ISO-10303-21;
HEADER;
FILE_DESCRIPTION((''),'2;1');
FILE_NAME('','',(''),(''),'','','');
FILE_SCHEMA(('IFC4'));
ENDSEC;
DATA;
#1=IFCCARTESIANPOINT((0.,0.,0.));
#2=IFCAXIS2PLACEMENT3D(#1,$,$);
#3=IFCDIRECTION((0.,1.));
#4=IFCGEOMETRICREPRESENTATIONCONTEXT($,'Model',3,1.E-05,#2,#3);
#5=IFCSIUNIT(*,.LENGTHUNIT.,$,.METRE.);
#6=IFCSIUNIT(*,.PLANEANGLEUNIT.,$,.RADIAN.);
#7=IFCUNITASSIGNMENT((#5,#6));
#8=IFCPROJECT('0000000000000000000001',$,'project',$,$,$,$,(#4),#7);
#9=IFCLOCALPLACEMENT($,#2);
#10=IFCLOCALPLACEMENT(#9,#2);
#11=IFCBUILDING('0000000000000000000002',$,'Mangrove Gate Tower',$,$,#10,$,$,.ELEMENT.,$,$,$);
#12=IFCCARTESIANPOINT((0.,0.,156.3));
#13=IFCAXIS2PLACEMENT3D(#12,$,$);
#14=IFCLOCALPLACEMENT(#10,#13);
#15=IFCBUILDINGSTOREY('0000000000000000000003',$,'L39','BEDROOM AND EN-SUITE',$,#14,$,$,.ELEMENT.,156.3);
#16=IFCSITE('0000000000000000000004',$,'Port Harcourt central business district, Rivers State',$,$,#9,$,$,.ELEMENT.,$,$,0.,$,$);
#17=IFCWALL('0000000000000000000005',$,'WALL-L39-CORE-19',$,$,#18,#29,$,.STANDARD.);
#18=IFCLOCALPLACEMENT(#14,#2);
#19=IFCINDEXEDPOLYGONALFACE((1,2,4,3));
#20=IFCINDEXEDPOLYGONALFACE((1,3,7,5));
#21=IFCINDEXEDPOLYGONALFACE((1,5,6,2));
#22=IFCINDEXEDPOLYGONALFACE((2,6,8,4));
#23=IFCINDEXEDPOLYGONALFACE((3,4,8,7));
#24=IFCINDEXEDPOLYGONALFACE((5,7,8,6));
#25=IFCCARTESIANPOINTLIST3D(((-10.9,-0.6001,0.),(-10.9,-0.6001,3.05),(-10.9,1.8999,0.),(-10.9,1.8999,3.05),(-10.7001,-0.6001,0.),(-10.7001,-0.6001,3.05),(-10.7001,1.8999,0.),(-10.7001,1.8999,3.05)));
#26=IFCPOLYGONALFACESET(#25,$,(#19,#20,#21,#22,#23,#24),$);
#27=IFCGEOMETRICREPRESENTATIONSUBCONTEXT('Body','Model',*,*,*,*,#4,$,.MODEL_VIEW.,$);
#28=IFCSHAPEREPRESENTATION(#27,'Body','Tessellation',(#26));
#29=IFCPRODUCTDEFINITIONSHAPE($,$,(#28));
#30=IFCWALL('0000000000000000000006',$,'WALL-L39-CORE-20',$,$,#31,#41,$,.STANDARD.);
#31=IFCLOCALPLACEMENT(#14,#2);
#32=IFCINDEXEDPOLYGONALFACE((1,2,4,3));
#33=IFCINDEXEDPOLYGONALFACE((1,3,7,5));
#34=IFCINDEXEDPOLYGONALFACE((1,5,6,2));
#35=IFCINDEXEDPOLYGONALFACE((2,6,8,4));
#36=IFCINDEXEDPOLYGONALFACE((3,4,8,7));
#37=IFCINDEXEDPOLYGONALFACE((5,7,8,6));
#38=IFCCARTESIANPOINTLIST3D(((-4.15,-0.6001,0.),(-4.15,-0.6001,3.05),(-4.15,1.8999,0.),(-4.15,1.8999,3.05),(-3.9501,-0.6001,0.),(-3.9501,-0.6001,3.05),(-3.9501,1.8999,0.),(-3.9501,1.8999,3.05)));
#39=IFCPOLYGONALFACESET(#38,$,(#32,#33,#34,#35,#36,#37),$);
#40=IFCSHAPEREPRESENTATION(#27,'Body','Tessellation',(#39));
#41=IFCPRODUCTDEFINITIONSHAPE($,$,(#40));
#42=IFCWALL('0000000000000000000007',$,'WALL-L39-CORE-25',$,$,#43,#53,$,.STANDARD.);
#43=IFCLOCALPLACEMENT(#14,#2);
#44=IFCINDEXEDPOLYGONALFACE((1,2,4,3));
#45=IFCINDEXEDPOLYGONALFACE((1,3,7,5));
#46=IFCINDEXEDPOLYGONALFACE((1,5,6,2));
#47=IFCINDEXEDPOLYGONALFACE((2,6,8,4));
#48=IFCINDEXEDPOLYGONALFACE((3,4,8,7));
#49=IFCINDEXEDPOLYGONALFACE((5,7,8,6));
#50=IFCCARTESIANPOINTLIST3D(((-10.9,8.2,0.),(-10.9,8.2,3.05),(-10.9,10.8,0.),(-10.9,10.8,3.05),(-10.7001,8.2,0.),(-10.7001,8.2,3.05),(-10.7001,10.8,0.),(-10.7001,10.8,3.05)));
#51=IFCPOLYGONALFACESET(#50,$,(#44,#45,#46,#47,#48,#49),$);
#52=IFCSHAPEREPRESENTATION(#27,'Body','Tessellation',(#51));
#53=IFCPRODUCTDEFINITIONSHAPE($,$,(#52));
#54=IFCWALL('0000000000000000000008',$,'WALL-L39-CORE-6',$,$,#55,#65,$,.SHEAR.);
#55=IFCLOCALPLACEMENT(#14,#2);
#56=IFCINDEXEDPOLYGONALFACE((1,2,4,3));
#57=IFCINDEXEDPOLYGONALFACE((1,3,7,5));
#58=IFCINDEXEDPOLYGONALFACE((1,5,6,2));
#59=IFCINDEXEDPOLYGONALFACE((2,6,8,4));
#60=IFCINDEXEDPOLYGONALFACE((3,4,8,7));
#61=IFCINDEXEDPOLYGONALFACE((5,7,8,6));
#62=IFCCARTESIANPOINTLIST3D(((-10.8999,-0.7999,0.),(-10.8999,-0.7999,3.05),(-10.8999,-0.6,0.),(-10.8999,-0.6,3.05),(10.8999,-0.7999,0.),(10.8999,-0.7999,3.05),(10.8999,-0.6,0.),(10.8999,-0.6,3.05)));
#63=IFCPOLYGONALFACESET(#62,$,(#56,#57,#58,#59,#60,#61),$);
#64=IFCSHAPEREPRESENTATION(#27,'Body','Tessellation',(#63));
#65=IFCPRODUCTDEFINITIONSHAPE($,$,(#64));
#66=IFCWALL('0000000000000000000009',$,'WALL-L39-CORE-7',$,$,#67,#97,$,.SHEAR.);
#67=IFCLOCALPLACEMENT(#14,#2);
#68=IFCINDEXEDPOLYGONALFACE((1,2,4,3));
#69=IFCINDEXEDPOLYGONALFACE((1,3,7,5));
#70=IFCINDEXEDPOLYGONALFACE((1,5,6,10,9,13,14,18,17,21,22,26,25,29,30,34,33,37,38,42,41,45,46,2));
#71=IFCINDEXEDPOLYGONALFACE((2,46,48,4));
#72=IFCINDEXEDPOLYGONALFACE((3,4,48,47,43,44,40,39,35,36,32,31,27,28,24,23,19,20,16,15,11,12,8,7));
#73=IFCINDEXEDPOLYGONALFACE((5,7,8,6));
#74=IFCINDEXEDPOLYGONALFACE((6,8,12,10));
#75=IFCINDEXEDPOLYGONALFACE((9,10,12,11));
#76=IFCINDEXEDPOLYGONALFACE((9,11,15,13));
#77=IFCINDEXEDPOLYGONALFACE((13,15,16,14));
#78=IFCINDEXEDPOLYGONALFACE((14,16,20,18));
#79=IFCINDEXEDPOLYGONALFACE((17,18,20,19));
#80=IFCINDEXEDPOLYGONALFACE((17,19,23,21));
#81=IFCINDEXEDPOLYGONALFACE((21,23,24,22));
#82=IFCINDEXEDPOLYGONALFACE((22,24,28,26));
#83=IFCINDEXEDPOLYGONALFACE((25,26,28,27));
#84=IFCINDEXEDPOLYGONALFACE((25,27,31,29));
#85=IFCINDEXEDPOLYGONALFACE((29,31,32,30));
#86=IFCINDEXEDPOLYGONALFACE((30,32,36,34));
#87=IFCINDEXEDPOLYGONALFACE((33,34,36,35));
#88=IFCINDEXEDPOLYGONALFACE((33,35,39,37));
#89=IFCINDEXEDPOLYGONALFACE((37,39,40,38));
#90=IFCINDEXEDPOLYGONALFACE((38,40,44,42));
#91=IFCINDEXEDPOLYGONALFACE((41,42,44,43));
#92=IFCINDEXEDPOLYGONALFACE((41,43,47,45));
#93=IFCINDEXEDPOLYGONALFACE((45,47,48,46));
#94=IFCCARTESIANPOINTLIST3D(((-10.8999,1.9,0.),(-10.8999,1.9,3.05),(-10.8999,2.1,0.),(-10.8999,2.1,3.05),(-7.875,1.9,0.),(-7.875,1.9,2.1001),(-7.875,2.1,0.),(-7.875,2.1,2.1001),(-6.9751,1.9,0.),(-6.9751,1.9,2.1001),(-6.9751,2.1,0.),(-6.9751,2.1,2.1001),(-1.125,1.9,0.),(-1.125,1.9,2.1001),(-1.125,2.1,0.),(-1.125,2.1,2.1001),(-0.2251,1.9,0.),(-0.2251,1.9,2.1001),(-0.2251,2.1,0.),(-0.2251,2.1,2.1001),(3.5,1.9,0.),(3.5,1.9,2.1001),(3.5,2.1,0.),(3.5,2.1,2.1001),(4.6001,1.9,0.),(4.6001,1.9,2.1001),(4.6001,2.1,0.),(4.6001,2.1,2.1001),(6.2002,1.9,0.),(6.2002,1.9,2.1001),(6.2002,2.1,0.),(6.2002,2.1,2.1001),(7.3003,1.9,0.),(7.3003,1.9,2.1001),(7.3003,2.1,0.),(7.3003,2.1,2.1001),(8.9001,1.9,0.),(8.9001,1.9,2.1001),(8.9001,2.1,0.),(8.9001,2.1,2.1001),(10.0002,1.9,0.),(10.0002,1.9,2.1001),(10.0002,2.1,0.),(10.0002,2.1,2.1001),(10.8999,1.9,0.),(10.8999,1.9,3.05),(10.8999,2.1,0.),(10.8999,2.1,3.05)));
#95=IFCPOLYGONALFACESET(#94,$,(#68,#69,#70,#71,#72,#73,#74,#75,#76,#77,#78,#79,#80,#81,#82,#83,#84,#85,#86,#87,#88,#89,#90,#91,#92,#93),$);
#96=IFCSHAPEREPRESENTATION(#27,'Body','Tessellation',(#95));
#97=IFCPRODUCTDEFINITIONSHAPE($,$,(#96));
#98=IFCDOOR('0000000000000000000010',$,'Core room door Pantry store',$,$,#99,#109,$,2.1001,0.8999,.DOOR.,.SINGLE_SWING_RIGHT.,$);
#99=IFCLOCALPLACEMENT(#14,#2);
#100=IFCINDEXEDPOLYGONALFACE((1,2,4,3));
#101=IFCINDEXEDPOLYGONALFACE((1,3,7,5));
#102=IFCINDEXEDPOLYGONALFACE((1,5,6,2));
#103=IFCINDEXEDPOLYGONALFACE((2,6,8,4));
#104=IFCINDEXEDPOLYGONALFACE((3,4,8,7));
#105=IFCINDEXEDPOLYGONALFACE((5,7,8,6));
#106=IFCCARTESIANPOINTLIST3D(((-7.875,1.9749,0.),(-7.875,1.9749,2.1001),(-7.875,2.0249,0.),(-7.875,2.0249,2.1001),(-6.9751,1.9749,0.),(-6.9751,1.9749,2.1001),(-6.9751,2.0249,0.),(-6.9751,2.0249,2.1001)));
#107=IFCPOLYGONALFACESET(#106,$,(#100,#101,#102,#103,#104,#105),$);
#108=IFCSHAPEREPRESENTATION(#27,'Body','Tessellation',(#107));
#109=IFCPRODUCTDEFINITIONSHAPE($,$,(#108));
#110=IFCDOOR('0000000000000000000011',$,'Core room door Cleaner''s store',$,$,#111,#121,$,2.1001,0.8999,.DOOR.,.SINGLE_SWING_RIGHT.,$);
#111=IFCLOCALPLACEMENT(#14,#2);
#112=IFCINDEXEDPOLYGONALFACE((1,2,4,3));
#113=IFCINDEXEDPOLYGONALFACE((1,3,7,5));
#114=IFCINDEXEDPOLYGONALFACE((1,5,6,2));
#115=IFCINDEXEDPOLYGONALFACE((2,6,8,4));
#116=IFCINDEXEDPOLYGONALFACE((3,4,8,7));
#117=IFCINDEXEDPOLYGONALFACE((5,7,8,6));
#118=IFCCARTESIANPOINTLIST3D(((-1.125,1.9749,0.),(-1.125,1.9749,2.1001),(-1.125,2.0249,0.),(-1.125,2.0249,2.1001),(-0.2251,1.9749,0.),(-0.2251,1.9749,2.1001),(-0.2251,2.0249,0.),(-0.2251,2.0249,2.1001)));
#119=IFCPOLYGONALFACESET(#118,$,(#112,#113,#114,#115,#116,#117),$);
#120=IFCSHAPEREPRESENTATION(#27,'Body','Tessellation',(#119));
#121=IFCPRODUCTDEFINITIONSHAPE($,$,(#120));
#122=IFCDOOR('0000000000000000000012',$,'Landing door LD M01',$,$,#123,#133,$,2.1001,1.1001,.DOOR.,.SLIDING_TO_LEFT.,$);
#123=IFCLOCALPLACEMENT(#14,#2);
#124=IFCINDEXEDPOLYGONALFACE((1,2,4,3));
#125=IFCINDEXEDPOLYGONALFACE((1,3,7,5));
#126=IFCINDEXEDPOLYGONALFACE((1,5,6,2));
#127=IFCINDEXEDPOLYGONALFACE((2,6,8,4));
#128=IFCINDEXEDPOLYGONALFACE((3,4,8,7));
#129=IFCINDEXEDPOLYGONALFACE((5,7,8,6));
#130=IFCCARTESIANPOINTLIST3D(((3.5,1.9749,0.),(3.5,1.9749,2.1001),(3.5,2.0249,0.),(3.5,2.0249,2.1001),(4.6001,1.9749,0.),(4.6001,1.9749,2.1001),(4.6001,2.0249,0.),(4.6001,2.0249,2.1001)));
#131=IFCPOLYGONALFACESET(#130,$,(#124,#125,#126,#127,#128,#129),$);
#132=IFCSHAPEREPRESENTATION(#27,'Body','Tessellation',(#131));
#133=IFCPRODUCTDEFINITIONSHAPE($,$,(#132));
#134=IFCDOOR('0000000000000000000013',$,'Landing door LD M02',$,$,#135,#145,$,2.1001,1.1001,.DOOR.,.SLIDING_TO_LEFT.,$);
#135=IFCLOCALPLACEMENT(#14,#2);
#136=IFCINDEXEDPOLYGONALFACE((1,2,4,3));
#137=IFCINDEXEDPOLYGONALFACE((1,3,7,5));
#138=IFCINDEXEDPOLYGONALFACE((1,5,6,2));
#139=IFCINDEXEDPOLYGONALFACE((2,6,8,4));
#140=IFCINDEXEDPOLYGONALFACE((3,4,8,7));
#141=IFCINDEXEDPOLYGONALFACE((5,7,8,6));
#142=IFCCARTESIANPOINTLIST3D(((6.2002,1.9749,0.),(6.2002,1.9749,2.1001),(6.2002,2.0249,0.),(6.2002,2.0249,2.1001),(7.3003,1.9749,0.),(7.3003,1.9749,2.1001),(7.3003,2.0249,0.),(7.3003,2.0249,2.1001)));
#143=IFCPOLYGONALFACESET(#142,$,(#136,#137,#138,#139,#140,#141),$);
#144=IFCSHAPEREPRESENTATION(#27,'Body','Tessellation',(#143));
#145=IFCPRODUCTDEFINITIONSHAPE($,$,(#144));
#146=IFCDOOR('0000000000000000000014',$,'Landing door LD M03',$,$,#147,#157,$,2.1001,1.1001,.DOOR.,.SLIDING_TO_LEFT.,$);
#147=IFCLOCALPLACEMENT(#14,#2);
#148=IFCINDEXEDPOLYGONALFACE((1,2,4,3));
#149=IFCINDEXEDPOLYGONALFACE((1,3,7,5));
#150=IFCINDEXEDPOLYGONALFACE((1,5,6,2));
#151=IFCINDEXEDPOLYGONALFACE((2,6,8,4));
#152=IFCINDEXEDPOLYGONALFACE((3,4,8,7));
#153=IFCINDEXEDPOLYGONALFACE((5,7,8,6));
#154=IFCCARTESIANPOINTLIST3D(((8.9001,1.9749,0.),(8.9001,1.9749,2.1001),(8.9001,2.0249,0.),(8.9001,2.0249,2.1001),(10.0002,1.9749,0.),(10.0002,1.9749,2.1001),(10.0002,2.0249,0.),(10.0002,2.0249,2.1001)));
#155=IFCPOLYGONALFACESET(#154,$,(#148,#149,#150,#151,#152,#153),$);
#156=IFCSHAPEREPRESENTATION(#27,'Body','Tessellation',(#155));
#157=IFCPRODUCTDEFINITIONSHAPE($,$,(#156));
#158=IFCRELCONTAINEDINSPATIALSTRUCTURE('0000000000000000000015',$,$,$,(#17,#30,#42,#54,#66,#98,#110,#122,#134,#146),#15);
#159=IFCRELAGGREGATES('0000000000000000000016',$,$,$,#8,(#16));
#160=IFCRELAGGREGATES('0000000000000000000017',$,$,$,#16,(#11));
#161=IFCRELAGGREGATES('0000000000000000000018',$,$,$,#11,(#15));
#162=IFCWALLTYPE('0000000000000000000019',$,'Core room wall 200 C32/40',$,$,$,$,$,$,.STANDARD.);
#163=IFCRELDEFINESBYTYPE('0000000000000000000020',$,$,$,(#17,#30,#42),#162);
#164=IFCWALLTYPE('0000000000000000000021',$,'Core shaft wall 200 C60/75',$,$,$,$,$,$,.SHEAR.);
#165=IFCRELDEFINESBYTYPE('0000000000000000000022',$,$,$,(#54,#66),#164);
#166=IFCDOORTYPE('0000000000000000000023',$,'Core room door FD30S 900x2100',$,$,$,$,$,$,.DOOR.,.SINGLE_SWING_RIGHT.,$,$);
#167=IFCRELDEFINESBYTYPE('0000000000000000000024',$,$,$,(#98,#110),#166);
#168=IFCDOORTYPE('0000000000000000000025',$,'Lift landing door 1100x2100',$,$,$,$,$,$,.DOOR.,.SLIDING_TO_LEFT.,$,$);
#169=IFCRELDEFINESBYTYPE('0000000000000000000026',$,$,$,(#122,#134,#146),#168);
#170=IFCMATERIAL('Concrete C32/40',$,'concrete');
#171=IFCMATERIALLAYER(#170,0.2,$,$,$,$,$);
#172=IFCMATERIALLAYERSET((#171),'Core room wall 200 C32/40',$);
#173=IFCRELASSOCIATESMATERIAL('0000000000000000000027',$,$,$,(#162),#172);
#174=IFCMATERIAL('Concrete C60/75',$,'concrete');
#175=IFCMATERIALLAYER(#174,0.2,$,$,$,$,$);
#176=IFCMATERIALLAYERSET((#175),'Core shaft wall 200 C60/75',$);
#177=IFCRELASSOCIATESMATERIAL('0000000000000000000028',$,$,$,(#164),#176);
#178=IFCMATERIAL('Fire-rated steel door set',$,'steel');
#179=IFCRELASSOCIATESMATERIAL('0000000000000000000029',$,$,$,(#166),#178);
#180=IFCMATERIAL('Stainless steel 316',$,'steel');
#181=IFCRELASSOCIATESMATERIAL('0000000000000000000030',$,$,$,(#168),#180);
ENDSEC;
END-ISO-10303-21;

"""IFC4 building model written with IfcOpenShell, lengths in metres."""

from ifc_helpers import new_model, si_unit, direction, frame, frame_2d, origin, place, context, subcontext, project, spatial, rectangle, extrude, material, layer, layer_set, type_object, element, fill, save


model = new_model("IFC4")

# Units and contexts
model_context = context("Model", 3, precision=1e-05, world=origin(), true_north=direction((0.0, 1.0)))
body_context = subcontext(model_context, "Body", "Model", "MODEL_VIEW")
ifc_project = project(units=[si_unit("LENGTHUNIT", "METRE"), si_unit("PLANEANGLEUNIT", "RADIAN")], contexts=[model_context])

# Site, building, storey
site_placement = place(None, origin())
site = spatial("IfcSite", under=ifc_project, at=site_placement, Name="Port Harcourt central business district, Rivers State", CompositionType="ELEMENT", RefElevation=0.0)
building_placement = place(site_placement, origin())
building = spatial("IfcBuilding", under=site, at=building_placement, Name="Mangrove Gate Tower", CompositionType="ELEMENT")
storey_placement = place(building_placement, frame((0.0, 0.0, 156.3)))
storey = spatial("IfcBuildingStorey", under=building, at=storey_placement, Name="L39", Description="BEDROOM AND EN-SUITE", CompositionType="ELEMENT", Elevation=156.3)

# Walls
ifc_material_1 = material(Name="Concrete C32/40", Category="concrete")
ifc_layer_1 = layer(ifc_material_1, 0.2)
ifc_layer_set_1 = layer_set([ifc_layer_1], Name="Core room wall 200 C32/40")
wall_type_1 = type_object("IfcWallType", Name="Core room wall 200 C32/40", PredefinedType="STANDARD", material=ifc_layer_set_1)
for number, where, z_axis, x_axis, name in (
    (1, (-10.8, -0.6001, 0.0), (0.0, 0.0, 1.0), (0.0, 1.0, 0.0), "WALL-L39-CORE-19"),
    (2, (-4.05, -0.6001, 0.0), (0.0, 0.0, 1.0), (0.0, 1.0, 0.0), "WALL-L39-CORE-20"),
):
    element("IfcWall", number, at=place(storey_placement, frame(where, z_axis=z_axis, x_axis=x_axis)), inside=storey, type_object=wall_type_1, Name=name, PredefinedType="STANDARD", context=body_context, shape_type="SweptSolid", body=[
        extrude(rectangle(XDim=2.5, YDim=0.2, at=frame_2d((1.25, 0.0))), origin(), (0.0, 0.0, 1.0), 3.05),
    ])
wall_1_placement = place(storey_placement, frame((-10.8, 8.2, 0.0), z_axis=(0.0, 0.0, 1.0), x_axis=(0.0, 1.0, 0.0)))
element("IfcWall", 3, at=wall_1_placement, inside=storey, type_object=wall_type_1, Name="WALL-L39-CORE-25", PredefinedType="STANDARD", context=body_context, shape_type="SweptSolid", body=[
    extrude(rectangle(XDim=2.6001, YDim=0.2, at=frame_2d((1.3, 0.0))), origin(), (0.0, 0.0, 1.0), 3.05),
])
ifc_material_2 = material(Name="Concrete C60/75", Category="concrete")
ifc_layer_2 = layer(ifc_material_2, 0.2)
ifc_layer_set_2 = layer_set([ifc_layer_2], Name="Core shaft wall 200 C60/75")
wall_type_2 = type_object("IfcWallType", Name="Core shaft wall 200 C60/75", PredefinedType="SHEAR", material=ifc_layer_set_2)
wall_2_placement = place(storey_placement, frame((-10.8999, -0.7, 0.0), z_axis=(0.0, 0.0, 1.0), x_axis=(1.0, 0.0, 0.0)))
element("IfcWall", 4, at=wall_2_placement, inside=storey, type_object=wall_type_2, Name="WALL-L39-CORE-6", PredefinedType="SHEAR", context=body_context, shape_type="SweptSolid", body=[
    extrude(rectangle(XDim=21.7998, YDim=0.2, at=frame_2d((10.8999, 0.0))), origin(), (0.0, 0.0, 1.0), 3.05),
])

# Wall, openings, doors
wall_3_placement = place(storey_placement, frame((-10.8999, 2.0, 0.0), z_axis=(0.0, 0.0, 1.0), x_axis=(1.0, 0.0, 0.0)))
wall_3 = element("IfcWall", 5, at=wall_3_placement, inside=storey, type_object=wall_type_2, Name="WALL-L39-CORE-7", PredefinedType="SHEAR", context=body_context, shape_type="SweptSolid", body=[
    extrude(rectangle(XDim=21.7998, YDim=0.2, at=frame_2d((10.8999, 0.0))), origin(), (0.0, 0.0, 1.0), 3.05),
])
opening_1_placement = place(wall_3_placement, frame((14.3999, 0.0, 0.0)))
opening_1 = element("IfcOpeningElement", 6, at=opening_1_placement, cuts=wall_3, PredefinedType="OPENING", context=body_context, shape_type="SweptSolid", body=[
    extrude(rectangle(XDim=1.1001, YDim=2.1001, at=frame_2d((0.55, 1.05))), frame((0.0, 0.1099, 0.0), z_axis=(0.0, -1.0, 0.0), x_axis=(1.0, 0.0, 0.0)), (0.0, 0.0, 1.0), 0.22),
])
opening_2_placement = place(wall_3_placement, frame((17.1001, 0.0, 0.0)))
opening_2 = element("IfcOpeningElement", 7, at=opening_2_placement, cuts=wall_3, PredefinedType="OPENING", context=body_context, shape_type="SweptSolid", body=[
    extrude(rectangle(XDim=1.1001, YDim=2.1001, at=frame_2d((0.55, 1.05))), frame((0.0, 0.1099, 0.0), z_axis=(0.0, -1.0, 0.0), x_axis=(1.0, 0.0, 0.0)), (0.0, 0.0, 1.0), 0.22),
])
opening_3_placement = place(wall_3_placement, frame((19.8, 0.0, 0.0)))
opening_3 = element("IfcOpeningElement", 8, at=opening_3_placement, cuts=wall_3, PredefinedType="OPENING", context=body_context, shape_type="SweptSolid", body=[
    extrude(rectangle(XDim=1.1001, YDim=2.1001, at=frame_2d((0.55, 1.05))), frame((0.0, 0.1099, 0.0), z_axis=(0.0, -1.0, 0.0), x_axis=(1.0, 0.0, 0.0)), (0.0, 0.0, 1.0), 0.22),
])
opening_4_placement = place(wall_3_placement, frame((3.0249, 0.0, 0.0)))
opening_4 = element("IfcOpeningElement", 9, at=opening_4_placement, cuts=wall_3, PredefinedType="OPENING", context=body_context, shape_type="SweptSolid", body=[
    extrude(rectangle(XDim=0.8999, YDim=2.1001, at=frame_2d((0.45, 1.05))), frame((0.0, 0.1099, 0.0), z_axis=(0.0, -1.0, 0.0), x_axis=(1.0, 0.0, 0.0)), (0.0, 0.0, 1.0), 0.22),
])
opening_5_placement = place(wall_3_placement, frame((9.7749, 0.0, 0.0)))
opening_5 = element("IfcOpeningElement", 10, at=opening_5_placement, cuts=wall_3, PredefinedType="OPENING", context=body_context, shape_type="SweptSolid", body=[
    extrude(rectangle(XDim=0.8999, YDim=2.1001, at=frame_2d((0.45, 1.05))), frame((0.0, 0.1099, 0.0), z_axis=(0.0, -1.0, 0.0), x_axis=(1.0, 0.0, 0.0)), (0.0, 0.0, 1.0), 0.22),
])
ifc_material_3 = material(Name="Fire-rated steel door set", Category="steel")
door_type_1 = type_object("IfcDoorType", Name="Core room door FD30S 900x2100", OperationType="SINGLE_SWING_RIGHT", PredefinedType="DOOR", material=ifc_material_3)
door_1_placement = place(opening_4_placement, origin())
door_1 = element("IfcDoor", 11, at=door_1_placement, inside=storey, type_object=door_type_1, Name="Core room door Pantry store", OperationType="SINGLE_SWING_RIGHT", OverallHeight=2.1001, OverallWidth=0.8999, PredefinedType="DOOR", context=body_context, shape_type="SweptSolid", body=[
    extrude(rectangle(XDim=0.8999, YDim=2.1001, at=frame_2d((0.45, 1.05))), frame((0.0, 0.0249, 0.0), z_axis=(0.0, -1.0, 0.0), x_axis=(1.0, 0.0, 0.0)), (0.0, 0.0, 1.0), 0.05),
])
fill(opening_4, door_1)
door_2_placement = place(opening_5_placement, origin())
door_2 = element("IfcDoor", 12, at=door_2_placement, inside=storey, type_object=door_type_1, Name="Core room door Cleaner's store", OperationType="SINGLE_SWING_RIGHT", OverallHeight=2.1001, OverallWidth=0.8999, PredefinedType="DOOR", context=body_context, shape_type="SweptSolid", body=[
    extrude(rectangle(XDim=0.8999, YDim=2.1001, at=frame_2d((0.45, 1.05))), frame((0.0, 0.0249, 0.0), z_axis=(0.0, -1.0, 0.0), x_axis=(1.0, 0.0, 0.0)), (0.0, 0.0, 1.0), 0.05),
])
fill(opening_5, door_2)
ifc_material_4 = material(Name="Stainless steel 316", Category="steel")
door_type_2 = type_object("IfcDoorType", Name="Lift landing door 1100x2100", OperationType="SLIDING_TO_LEFT", PredefinedType="DOOR", material=ifc_material_4)
door_3_placement = place(opening_1_placement, origin())
door_3 = element("IfcDoor", 13, at=door_3_placement, inside=storey, type_object=door_type_2, Name="Landing door LD M01", OperationType="SLIDING_TO_LEFT", OverallHeight=2.1001, OverallWidth=1.1001, PredefinedType="DOOR", context=body_context, shape_type="SweptSolid", body=[
    extrude(rectangle(XDim=1.1001, YDim=2.1001, at=frame_2d((0.55, 1.05))), frame((0.0, 0.0249, 0.0), z_axis=(0.0, -1.0, 0.0), x_axis=(1.0, 0.0, 0.0)), (0.0, 0.0, 1.0), 0.05),
])
fill(opening_1, door_3)
door_4_placement = place(opening_2_placement, origin())
door_4 = element("IfcDoor", 14, at=door_4_placement, inside=storey, type_object=door_type_2, Name="Landing door LD M02", OperationType="SLIDING_TO_LEFT", OverallHeight=2.1001, OverallWidth=1.1001, PredefinedType="DOOR", context=body_context, shape_type="SweptSolid", body=[
    extrude(rectangle(XDim=1.1001, YDim=2.1001, at=frame_2d((0.55, 1.05))), frame((0.0, 0.0249, 0.0), z_axis=(0.0, -1.0, 0.0), x_axis=(1.0, 0.0, 0.0)), (0.0, 0.0, 1.0), 0.05),
])
fill(opening_2, door_4)
door_5_placement = place(opening_3_placement, origin())
door_5 = element("IfcDoor", 15, at=door_5_placement, inside=storey, type_object=door_type_2, Name="Landing door LD M03", OperationType="SLIDING_TO_LEFT", OverallHeight=2.1001, OverallWidth=1.1001, PredefinedType="DOOR", context=body_context, shape_type="SweptSolid", body=[
    extrude(rectangle(XDim=1.1001, YDim=2.1001, at=frame_2d((0.55, 1.05))), frame((0.0, 0.0249, 0.0), z_axis=(0.0, -1.0, 0.0), x_axis=(1.0, 0.0, 0.0)), (0.0, 0.0, 1.0), 0.05),
])
fill(opening_3, door_5)

save(model, "model.ifc")
